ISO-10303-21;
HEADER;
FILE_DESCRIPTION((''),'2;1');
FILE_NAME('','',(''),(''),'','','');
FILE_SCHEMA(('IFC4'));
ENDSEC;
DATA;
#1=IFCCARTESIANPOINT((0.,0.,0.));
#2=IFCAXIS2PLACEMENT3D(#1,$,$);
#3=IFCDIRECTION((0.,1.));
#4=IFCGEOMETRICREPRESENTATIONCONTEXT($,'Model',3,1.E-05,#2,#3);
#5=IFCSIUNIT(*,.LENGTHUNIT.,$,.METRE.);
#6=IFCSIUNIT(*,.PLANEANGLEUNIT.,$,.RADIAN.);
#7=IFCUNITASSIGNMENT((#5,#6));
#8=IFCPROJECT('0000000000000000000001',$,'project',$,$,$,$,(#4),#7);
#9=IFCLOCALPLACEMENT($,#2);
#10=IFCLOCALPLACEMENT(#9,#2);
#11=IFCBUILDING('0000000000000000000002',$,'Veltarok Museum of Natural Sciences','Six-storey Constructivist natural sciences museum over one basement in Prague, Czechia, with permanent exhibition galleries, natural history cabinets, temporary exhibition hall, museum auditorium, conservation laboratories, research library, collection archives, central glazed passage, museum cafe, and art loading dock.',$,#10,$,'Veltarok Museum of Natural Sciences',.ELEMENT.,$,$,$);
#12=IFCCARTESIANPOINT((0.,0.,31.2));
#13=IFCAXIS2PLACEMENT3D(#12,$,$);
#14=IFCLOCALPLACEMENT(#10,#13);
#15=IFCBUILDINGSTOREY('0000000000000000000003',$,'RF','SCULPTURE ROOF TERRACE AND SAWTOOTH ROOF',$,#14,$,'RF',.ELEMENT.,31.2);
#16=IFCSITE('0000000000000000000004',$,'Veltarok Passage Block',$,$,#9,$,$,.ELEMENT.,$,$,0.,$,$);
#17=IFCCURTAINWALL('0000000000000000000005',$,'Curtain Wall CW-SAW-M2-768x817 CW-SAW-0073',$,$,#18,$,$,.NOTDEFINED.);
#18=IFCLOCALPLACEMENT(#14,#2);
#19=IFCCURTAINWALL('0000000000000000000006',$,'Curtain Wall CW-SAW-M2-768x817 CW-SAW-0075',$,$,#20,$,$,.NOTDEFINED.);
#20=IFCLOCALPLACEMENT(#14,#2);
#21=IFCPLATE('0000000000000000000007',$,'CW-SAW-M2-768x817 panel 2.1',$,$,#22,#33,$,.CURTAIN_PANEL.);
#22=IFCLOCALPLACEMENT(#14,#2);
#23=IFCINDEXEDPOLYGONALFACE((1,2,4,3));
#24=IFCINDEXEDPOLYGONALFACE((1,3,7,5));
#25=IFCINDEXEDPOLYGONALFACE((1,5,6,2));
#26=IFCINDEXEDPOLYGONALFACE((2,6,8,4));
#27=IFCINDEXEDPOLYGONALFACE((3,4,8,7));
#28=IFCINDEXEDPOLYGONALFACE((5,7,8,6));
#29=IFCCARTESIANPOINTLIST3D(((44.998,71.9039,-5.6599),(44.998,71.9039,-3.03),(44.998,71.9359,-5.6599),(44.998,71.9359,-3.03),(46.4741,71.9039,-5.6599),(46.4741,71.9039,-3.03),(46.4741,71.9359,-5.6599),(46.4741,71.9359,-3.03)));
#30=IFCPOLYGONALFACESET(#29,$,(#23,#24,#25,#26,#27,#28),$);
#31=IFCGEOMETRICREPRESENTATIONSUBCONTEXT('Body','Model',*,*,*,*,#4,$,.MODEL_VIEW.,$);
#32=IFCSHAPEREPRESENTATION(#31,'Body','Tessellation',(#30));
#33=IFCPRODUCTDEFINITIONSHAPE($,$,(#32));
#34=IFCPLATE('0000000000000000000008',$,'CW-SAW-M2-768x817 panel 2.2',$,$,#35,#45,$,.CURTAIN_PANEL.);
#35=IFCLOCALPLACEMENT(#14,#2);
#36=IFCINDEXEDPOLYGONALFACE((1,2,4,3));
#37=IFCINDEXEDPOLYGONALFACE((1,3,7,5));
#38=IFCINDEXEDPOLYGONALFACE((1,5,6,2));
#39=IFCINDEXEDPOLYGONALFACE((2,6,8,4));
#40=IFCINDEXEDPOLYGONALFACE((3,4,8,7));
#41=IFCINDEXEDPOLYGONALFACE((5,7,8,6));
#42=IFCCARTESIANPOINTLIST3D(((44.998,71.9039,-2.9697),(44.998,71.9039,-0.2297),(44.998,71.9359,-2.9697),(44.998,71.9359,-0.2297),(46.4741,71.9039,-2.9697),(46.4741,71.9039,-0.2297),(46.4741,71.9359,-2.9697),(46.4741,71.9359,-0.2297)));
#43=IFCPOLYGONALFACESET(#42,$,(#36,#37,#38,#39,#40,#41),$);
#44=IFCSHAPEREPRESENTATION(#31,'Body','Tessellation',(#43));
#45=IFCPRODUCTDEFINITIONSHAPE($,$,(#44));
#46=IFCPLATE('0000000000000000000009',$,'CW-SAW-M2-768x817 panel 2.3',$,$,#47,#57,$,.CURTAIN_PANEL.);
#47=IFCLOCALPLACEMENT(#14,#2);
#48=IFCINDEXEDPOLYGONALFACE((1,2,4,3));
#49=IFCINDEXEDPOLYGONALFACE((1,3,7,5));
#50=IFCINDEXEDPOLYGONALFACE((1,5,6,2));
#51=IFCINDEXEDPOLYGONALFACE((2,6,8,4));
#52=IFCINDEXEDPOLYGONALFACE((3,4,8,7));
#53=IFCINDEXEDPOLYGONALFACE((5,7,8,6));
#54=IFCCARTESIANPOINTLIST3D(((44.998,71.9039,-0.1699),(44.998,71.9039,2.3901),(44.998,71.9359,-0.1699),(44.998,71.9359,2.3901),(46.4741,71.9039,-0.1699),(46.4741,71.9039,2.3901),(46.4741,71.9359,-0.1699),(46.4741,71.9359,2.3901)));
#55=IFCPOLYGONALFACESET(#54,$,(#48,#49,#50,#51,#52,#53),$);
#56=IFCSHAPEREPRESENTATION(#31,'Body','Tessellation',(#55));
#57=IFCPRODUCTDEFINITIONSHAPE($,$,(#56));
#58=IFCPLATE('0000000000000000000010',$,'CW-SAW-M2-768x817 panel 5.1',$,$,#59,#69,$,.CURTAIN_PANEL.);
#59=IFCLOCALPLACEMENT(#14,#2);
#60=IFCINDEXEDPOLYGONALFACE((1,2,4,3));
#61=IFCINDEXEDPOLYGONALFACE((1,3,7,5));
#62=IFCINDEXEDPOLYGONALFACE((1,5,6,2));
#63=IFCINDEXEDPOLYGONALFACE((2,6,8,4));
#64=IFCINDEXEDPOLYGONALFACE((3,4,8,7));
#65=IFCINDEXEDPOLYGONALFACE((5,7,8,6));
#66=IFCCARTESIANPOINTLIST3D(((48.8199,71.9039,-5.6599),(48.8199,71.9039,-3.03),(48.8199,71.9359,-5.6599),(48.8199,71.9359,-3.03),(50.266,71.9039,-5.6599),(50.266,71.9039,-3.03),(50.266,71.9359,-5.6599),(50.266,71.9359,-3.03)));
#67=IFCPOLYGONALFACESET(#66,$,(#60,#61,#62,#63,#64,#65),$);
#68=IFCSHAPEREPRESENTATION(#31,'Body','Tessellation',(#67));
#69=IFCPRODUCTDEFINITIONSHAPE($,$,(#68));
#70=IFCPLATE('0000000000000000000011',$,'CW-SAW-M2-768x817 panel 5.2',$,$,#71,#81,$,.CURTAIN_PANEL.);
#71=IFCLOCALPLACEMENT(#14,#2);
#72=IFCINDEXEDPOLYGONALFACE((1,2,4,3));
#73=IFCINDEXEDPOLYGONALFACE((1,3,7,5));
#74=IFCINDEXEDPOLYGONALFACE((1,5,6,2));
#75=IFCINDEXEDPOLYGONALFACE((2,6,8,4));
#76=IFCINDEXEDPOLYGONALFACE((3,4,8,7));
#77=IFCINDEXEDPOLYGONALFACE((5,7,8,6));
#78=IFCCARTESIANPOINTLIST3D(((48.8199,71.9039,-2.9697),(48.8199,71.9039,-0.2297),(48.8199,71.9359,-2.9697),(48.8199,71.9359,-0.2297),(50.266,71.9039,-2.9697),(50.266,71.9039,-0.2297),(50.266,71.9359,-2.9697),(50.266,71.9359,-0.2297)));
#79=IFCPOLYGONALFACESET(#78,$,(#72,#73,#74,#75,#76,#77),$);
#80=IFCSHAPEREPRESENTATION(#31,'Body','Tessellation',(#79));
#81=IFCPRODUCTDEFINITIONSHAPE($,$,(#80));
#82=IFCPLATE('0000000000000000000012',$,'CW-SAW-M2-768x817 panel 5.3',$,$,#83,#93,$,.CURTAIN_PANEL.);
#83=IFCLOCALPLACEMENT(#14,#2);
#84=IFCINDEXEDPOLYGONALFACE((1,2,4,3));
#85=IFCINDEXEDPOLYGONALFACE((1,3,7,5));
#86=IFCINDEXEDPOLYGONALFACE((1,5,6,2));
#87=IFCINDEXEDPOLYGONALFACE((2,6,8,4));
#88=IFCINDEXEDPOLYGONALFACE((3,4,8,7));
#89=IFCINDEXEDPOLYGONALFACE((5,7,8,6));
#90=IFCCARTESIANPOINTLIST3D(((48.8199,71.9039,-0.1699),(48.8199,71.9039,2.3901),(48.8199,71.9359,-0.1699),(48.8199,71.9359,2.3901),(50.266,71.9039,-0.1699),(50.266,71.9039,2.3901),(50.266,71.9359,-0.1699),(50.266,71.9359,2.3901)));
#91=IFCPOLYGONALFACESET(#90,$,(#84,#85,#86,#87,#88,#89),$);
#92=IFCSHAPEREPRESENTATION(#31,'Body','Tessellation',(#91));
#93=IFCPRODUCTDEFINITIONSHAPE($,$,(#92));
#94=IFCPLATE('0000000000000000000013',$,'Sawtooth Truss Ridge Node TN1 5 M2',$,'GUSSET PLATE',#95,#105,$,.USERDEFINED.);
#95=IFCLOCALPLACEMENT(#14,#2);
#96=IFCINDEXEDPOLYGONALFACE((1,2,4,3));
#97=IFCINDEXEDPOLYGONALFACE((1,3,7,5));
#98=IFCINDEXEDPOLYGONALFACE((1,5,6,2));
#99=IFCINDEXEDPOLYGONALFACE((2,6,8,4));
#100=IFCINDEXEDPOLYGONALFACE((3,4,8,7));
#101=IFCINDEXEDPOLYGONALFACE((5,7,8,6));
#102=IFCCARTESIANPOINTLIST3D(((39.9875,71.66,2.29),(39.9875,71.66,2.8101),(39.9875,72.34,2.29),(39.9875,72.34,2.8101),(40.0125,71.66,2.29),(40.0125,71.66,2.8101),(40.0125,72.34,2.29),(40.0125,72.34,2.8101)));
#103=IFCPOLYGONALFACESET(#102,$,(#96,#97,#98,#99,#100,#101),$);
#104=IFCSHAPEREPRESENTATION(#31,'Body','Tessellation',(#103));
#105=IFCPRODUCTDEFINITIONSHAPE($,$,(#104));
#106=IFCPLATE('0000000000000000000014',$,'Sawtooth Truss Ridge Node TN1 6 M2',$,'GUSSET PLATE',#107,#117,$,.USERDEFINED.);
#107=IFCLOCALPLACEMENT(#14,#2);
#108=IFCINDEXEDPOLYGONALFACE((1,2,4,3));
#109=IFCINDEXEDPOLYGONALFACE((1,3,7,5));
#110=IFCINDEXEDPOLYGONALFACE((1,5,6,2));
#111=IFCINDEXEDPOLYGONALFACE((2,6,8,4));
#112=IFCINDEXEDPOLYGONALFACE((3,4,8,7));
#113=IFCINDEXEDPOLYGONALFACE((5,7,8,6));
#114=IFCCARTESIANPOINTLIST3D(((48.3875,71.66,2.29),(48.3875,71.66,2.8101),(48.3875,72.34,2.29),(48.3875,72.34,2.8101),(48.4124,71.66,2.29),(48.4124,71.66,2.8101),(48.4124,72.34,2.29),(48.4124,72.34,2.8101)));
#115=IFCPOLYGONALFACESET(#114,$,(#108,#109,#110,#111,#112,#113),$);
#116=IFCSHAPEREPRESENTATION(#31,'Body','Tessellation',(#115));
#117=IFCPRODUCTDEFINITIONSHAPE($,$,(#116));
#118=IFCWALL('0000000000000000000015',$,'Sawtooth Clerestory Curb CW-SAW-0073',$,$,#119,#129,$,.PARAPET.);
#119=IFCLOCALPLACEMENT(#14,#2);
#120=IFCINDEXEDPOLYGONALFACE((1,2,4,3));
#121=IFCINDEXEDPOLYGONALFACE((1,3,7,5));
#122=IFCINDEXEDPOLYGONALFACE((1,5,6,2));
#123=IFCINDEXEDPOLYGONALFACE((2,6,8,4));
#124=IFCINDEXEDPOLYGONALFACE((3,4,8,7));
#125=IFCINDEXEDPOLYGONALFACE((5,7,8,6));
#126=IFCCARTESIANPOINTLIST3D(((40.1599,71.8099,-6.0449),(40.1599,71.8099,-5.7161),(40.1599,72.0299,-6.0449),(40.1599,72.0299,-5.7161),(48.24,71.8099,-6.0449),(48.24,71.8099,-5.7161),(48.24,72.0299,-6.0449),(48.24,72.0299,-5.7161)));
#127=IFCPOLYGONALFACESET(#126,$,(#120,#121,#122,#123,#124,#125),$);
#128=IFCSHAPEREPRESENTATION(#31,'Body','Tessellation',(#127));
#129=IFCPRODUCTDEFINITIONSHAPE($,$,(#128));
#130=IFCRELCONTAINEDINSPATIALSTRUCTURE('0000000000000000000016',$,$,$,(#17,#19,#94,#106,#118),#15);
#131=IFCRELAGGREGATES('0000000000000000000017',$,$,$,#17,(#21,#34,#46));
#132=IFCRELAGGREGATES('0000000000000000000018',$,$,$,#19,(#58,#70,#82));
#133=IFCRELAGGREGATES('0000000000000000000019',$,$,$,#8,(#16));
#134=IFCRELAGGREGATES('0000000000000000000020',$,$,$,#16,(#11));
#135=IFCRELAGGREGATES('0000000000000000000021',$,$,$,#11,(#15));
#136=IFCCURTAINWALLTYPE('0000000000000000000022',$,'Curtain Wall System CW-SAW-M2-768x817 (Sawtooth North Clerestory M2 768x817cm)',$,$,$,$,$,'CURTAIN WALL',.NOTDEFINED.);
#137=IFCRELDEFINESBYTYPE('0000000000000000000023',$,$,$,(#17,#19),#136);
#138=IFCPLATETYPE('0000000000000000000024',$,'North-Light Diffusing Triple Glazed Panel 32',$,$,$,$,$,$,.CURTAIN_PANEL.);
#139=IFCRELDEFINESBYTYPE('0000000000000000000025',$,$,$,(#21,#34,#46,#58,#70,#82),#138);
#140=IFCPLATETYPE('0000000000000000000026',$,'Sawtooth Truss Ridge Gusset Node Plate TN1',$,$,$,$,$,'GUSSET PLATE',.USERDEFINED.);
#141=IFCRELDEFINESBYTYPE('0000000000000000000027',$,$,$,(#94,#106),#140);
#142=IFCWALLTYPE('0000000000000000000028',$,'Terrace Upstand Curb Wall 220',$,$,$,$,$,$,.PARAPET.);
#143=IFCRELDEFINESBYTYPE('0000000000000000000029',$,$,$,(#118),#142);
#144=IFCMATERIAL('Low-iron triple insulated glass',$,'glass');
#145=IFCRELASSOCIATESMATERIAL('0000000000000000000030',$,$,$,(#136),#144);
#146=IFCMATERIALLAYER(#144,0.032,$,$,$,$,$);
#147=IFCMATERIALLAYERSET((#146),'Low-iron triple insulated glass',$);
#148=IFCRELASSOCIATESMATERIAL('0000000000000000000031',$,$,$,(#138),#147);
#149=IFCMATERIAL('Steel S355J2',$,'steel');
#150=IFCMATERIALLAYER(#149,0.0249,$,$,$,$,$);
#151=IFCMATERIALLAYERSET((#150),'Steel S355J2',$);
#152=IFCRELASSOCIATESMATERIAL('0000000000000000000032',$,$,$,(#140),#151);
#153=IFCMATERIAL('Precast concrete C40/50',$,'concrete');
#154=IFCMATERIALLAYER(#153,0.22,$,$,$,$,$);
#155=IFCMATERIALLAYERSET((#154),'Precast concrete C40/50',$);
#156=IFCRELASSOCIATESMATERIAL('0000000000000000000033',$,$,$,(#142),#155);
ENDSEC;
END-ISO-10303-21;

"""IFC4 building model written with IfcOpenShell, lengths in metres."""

from ifc_helpers import new_model, si_unit, direction, frame, frame_2d, origin, origin_2d, place, context, subcontext, project, spatial, rectangle, extrude, material, layer, layer_set, type_object, element, aggregate, save


model = new_model("IFC4")

# Units and contexts
model_context = context("Model", 3, precision=1e-05, world=origin(), true_north=direction((0.0, 1.0)))
body_context = subcontext(model_context, "Body", "Model", "MODEL_VIEW")
ifc_project = project(units=[si_unit("LENGTHUNIT", "METRE"), si_unit("PLANEANGLEUNIT", "RADIAN")], contexts=[model_context])

# Site, building, storey
site_placement = place(None, origin())
site = spatial("IfcSite", under=ifc_project, at=site_placement, Name="Veltarok Passage Block", CompositionType="ELEMENT", RefElevation=0.0)
building_placement = place(site_placement, origin())
building = spatial("IfcBuilding", under=site, at=building_placement, Name="Veltarok Museum of Natural Sciences", Description="Six-storey Constructivist natural sciences museum over one basement in Prague, Czechia, with permanent exhibition galleries, natural history cabinets, temporary exhibition hall, museum auditorium, conservation laboratories, research library, collection archives, central glazed passage, museum cafe, and art loading dock.", LongName="Veltarok Museum of Natural Sciences", CompositionType="ELEMENT")
storey_placement = place(building_placement, frame((0.0, 0.0, 31.2)))
storey = spatial("IfcBuildingStorey", under=building, at=storey_placement, Name="RF", Description="SCULPTURE ROOF TERRACE AND SAWTOOTH ROOF", LongName="RF", CompositionType="ELEMENT", Elevation=31.2)

# Shared definitions
ifc_material_1 = material(Name="Steel S355J2", Category="steel")

# Curtain wall
ifc_material_2 = material(Name="Low-iron triple insulated glass", Category="glass")
curtain_wall_type = type_object("IfcCurtainWallType", Name="Curtain Wall System CW-SAW-M2-768x817 (Sawtooth North Clerestory M2 768x817cm)", ElementType="CURTAIN WALL", PredefinedType="NOTDEFINED", material=ifc_material_2)
curtain_wall_1_placement = place(storey_placement, origin())
curtain_wall_1 = element("IfcCurtainWall", 1, at=curtain_wall_1_placement, inside=storey, type_object=curtain_wall_type, Name="Curtain Wall CW-SAW-M2-768x817 CW-SAW-0073", PredefinedType="NOTDEFINED")

# Curtain wall
curtain_wall_2_placement = place(storey_placement, origin())
curtain_wall_2 = element("IfcCurtainWall", 2, at=curtain_wall_2_placement, inside=storey, type_object=curtain_wall_type, Name="Curtain Wall CW-SAW-M2-768x817 CW-SAW-0075", PredefinedType="NOTDEFINED")

# Plates
ifc_layer_1 = layer(ifc_material_2, 0.032)
ifc_layer_set_1 = layer_set([ifc_layer_1], Name="Low-iron triple insulated glass")
plate_type_1 = type_object("IfcPlateType", Name="North-Light Diffusing Triple Glazed Panel 32", PredefinedType="CURTAIN_PANEL", material=ifc_layer_set_1)
plate_1_placement = place(storey_placement, frame((45.7361, 71.9199, -5.6599), z_axis=(0.0, 0.0, 1.0), x_axis=(-1.0, 0.0, 0.0)))
plate_1 = element("IfcPlate", 3, at=plate_1_placement, type_object=plate_type_1, Name="CW-SAW-M2-768x817 panel 2.1", PredefinedType="CURTAIN_PANEL", context=body_context, shape_type="SweptSolid", body=[
    extrude(rectangle(XDim=1.4761, YDim=0.032, at=origin_2d()), origin(), (0.0, 0.0, 1.0), 2.6299),
])
plate_2_placement = place(storey_placement, frame((45.7361, 71.9199, -2.9697), z_axis=(0.0, 0.0, 1.0), x_axis=(-1.0, 0.0, 0.0)))
plate_2 = element("IfcPlate", 4, at=plate_2_placement, type_object=plate_type_1, Name="CW-SAW-M2-768x817 panel 2.2", PredefinedType="CURTAIN_PANEL", context=body_context, shape_type="SweptSolid", body=[
    extrude(rectangle(XDim=1.4761, YDim=0.032, at=origin_2d()), origin(), (0.0, 0.0, 1.0), 2.74),
])
plate_3_placement = place(storey_placement, frame((45.7361, 71.9199, -0.1699), z_axis=(0.0, 0.0, 1.0), x_axis=(-1.0, 0.0, 0.0)))
plate_3 = element("IfcPlate", 5, at=plate_3_placement, type_object=plate_type_1, Name="CW-SAW-M2-768x817 panel 2.3", PredefinedType="CURTAIN_PANEL", context=body_context, shape_type="SweptSolid", body=[
    extrude(rectangle(XDim=1.4761, YDim=0.032, at=origin_2d()), origin(), (0.0, 0.0, 1.0), 2.5601),
])
aggregate(curtain_wall_1, [plate_1, plate_2, plate_3])
plate_4_placement = place(storey_placement, frame((49.543, 71.9199, -5.6599), z_axis=(0.0, 0.0, 1.0), x_axis=(-1.0, 0.0, 0.0)))
plate_4 = element("IfcPlate", 6, at=plate_4_placement, type_object=plate_type_1, Name="CW-SAW-M2-768x817 panel 5.1", PredefinedType="CURTAIN_PANEL", context=body_context, shape_type="SweptSolid", body=[
    extrude(rectangle(XDim=1.446, YDim=0.032, at=origin_2d()), origin(), (0.0, 0.0, 1.0), 2.6299),
])
plate_5_placement = place(storey_placement, frame((49.543, 71.9199, -2.9697), z_axis=(0.0, 0.0, 1.0), x_axis=(-1.0, 0.0, 0.0)))
plate_5 = element("IfcPlate", 7, at=plate_5_placement, type_object=plate_type_1, Name="CW-SAW-M2-768x817 panel 5.2", PredefinedType="CURTAIN_PANEL", context=body_context, shape_type="SweptSolid", body=[
    extrude(rectangle(XDim=1.446, YDim=0.032, at=origin_2d()), origin(), (0.0, 0.0, 1.0), 2.74),
])
plate_6_placement = place(storey_placement, frame((49.543, 71.9199, -0.1699), z_axis=(0.0, 0.0, 1.0), x_axis=(-1.0, 0.0, 0.0)))
plate_6 = element("IfcPlate", 8, at=plate_6_placement, type_object=plate_type_1, Name="CW-SAW-M2-768x817 panel 5.3", PredefinedType="CURTAIN_PANEL", context=body_context, shape_type="SweptSolid", body=[
    extrude(rectangle(XDim=1.446, YDim=0.032, at=origin_2d()), origin(), (0.0, 0.0, 1.0), 2.5601),
])
aggregate(curtain_wall_2, [plate_4, plate_5, plate_6])

# Plates
ifc_layer_2 = layer(ifc_material_1, 0.0249)
ifc_layer_set_2 = layer_set([ifc_layer_2], Name="Steel S355J2")
plate_type_2 = type_object("IfcPlateType", Name="Sawtooth Truss Ridge Gusset Node Plate TN1", ElementType="GUSSET PLATE", PredefinedType="USERDEFINED", material=ifc_layer_set_2)
for number, where, z_axis, x_axis, name in (
    (9, (40.0, 72.0, 2.29), (0.0, 0.0, 1.0), (1.0, 0.0, 0.0), "Sawtooth Truss Ridge Node TN1 5 M2"),
    (10, (48.3999, 72.0, 2.29), (0.0, 0.0, 1.0), (1.0, 0.0, 0.0), "Sawtooth Truss Ridge Node TN1 6 M2"),
):
    element("IfcPlate", number, at=place(storey_placement, frame(where, z_axis=z_axis, x_axis=x_axis)), inside=storey, type_object=plate_type_2, Name=name, ObjectType="GUSSET PLATE", PredefinedType="USERDEFINED", context=body_context, shape_type="SweptSolid", body=[
        extrude(rectangle(XDim=0.0249, YDim=0.6799, at=origin_2d()), origin(), (0.0, 0.0, 1.0), 0.52),
    ])

# Wall
ifc_material_3 = material(Name="Precast concrete C40/50", Category="concrete")
ifc_layer_3 = layer(ifc_material_3, 0.22)
ifc_layer_set_3 = layer_set([ifc_layer_3], Name="Precast concrete C40/50")
wall_type = type_object("IfcWallType", Name="Terrace Upstand Curb Wall 220", PredefinedType="PARAPET", material=ifc_layer_set_3)
wall_placement = place(storey_placement, frame((48.24, 71.9199, -6.0449), z_axis=(0.0, 0.0, 1.0), x_axis=(-1.0, 0.0, 0.0)))
element("IfcWall", 11, at=wall_placement, inside=storey, type_object=wall_type, Name="Sawtooth Clerestory Curb CW-SAW-0073", PredefinedType="PARAPET", context=body_context, shape_type="SweptSolid", body=[
    extrude(rectangle(XDim=8.0801, YDim=0.22, at=frame_2d((4.04, 0.0))), origin(), (0.0, 0.0, 1.0), 0.3289),
])

save(model, "model.ifc")
